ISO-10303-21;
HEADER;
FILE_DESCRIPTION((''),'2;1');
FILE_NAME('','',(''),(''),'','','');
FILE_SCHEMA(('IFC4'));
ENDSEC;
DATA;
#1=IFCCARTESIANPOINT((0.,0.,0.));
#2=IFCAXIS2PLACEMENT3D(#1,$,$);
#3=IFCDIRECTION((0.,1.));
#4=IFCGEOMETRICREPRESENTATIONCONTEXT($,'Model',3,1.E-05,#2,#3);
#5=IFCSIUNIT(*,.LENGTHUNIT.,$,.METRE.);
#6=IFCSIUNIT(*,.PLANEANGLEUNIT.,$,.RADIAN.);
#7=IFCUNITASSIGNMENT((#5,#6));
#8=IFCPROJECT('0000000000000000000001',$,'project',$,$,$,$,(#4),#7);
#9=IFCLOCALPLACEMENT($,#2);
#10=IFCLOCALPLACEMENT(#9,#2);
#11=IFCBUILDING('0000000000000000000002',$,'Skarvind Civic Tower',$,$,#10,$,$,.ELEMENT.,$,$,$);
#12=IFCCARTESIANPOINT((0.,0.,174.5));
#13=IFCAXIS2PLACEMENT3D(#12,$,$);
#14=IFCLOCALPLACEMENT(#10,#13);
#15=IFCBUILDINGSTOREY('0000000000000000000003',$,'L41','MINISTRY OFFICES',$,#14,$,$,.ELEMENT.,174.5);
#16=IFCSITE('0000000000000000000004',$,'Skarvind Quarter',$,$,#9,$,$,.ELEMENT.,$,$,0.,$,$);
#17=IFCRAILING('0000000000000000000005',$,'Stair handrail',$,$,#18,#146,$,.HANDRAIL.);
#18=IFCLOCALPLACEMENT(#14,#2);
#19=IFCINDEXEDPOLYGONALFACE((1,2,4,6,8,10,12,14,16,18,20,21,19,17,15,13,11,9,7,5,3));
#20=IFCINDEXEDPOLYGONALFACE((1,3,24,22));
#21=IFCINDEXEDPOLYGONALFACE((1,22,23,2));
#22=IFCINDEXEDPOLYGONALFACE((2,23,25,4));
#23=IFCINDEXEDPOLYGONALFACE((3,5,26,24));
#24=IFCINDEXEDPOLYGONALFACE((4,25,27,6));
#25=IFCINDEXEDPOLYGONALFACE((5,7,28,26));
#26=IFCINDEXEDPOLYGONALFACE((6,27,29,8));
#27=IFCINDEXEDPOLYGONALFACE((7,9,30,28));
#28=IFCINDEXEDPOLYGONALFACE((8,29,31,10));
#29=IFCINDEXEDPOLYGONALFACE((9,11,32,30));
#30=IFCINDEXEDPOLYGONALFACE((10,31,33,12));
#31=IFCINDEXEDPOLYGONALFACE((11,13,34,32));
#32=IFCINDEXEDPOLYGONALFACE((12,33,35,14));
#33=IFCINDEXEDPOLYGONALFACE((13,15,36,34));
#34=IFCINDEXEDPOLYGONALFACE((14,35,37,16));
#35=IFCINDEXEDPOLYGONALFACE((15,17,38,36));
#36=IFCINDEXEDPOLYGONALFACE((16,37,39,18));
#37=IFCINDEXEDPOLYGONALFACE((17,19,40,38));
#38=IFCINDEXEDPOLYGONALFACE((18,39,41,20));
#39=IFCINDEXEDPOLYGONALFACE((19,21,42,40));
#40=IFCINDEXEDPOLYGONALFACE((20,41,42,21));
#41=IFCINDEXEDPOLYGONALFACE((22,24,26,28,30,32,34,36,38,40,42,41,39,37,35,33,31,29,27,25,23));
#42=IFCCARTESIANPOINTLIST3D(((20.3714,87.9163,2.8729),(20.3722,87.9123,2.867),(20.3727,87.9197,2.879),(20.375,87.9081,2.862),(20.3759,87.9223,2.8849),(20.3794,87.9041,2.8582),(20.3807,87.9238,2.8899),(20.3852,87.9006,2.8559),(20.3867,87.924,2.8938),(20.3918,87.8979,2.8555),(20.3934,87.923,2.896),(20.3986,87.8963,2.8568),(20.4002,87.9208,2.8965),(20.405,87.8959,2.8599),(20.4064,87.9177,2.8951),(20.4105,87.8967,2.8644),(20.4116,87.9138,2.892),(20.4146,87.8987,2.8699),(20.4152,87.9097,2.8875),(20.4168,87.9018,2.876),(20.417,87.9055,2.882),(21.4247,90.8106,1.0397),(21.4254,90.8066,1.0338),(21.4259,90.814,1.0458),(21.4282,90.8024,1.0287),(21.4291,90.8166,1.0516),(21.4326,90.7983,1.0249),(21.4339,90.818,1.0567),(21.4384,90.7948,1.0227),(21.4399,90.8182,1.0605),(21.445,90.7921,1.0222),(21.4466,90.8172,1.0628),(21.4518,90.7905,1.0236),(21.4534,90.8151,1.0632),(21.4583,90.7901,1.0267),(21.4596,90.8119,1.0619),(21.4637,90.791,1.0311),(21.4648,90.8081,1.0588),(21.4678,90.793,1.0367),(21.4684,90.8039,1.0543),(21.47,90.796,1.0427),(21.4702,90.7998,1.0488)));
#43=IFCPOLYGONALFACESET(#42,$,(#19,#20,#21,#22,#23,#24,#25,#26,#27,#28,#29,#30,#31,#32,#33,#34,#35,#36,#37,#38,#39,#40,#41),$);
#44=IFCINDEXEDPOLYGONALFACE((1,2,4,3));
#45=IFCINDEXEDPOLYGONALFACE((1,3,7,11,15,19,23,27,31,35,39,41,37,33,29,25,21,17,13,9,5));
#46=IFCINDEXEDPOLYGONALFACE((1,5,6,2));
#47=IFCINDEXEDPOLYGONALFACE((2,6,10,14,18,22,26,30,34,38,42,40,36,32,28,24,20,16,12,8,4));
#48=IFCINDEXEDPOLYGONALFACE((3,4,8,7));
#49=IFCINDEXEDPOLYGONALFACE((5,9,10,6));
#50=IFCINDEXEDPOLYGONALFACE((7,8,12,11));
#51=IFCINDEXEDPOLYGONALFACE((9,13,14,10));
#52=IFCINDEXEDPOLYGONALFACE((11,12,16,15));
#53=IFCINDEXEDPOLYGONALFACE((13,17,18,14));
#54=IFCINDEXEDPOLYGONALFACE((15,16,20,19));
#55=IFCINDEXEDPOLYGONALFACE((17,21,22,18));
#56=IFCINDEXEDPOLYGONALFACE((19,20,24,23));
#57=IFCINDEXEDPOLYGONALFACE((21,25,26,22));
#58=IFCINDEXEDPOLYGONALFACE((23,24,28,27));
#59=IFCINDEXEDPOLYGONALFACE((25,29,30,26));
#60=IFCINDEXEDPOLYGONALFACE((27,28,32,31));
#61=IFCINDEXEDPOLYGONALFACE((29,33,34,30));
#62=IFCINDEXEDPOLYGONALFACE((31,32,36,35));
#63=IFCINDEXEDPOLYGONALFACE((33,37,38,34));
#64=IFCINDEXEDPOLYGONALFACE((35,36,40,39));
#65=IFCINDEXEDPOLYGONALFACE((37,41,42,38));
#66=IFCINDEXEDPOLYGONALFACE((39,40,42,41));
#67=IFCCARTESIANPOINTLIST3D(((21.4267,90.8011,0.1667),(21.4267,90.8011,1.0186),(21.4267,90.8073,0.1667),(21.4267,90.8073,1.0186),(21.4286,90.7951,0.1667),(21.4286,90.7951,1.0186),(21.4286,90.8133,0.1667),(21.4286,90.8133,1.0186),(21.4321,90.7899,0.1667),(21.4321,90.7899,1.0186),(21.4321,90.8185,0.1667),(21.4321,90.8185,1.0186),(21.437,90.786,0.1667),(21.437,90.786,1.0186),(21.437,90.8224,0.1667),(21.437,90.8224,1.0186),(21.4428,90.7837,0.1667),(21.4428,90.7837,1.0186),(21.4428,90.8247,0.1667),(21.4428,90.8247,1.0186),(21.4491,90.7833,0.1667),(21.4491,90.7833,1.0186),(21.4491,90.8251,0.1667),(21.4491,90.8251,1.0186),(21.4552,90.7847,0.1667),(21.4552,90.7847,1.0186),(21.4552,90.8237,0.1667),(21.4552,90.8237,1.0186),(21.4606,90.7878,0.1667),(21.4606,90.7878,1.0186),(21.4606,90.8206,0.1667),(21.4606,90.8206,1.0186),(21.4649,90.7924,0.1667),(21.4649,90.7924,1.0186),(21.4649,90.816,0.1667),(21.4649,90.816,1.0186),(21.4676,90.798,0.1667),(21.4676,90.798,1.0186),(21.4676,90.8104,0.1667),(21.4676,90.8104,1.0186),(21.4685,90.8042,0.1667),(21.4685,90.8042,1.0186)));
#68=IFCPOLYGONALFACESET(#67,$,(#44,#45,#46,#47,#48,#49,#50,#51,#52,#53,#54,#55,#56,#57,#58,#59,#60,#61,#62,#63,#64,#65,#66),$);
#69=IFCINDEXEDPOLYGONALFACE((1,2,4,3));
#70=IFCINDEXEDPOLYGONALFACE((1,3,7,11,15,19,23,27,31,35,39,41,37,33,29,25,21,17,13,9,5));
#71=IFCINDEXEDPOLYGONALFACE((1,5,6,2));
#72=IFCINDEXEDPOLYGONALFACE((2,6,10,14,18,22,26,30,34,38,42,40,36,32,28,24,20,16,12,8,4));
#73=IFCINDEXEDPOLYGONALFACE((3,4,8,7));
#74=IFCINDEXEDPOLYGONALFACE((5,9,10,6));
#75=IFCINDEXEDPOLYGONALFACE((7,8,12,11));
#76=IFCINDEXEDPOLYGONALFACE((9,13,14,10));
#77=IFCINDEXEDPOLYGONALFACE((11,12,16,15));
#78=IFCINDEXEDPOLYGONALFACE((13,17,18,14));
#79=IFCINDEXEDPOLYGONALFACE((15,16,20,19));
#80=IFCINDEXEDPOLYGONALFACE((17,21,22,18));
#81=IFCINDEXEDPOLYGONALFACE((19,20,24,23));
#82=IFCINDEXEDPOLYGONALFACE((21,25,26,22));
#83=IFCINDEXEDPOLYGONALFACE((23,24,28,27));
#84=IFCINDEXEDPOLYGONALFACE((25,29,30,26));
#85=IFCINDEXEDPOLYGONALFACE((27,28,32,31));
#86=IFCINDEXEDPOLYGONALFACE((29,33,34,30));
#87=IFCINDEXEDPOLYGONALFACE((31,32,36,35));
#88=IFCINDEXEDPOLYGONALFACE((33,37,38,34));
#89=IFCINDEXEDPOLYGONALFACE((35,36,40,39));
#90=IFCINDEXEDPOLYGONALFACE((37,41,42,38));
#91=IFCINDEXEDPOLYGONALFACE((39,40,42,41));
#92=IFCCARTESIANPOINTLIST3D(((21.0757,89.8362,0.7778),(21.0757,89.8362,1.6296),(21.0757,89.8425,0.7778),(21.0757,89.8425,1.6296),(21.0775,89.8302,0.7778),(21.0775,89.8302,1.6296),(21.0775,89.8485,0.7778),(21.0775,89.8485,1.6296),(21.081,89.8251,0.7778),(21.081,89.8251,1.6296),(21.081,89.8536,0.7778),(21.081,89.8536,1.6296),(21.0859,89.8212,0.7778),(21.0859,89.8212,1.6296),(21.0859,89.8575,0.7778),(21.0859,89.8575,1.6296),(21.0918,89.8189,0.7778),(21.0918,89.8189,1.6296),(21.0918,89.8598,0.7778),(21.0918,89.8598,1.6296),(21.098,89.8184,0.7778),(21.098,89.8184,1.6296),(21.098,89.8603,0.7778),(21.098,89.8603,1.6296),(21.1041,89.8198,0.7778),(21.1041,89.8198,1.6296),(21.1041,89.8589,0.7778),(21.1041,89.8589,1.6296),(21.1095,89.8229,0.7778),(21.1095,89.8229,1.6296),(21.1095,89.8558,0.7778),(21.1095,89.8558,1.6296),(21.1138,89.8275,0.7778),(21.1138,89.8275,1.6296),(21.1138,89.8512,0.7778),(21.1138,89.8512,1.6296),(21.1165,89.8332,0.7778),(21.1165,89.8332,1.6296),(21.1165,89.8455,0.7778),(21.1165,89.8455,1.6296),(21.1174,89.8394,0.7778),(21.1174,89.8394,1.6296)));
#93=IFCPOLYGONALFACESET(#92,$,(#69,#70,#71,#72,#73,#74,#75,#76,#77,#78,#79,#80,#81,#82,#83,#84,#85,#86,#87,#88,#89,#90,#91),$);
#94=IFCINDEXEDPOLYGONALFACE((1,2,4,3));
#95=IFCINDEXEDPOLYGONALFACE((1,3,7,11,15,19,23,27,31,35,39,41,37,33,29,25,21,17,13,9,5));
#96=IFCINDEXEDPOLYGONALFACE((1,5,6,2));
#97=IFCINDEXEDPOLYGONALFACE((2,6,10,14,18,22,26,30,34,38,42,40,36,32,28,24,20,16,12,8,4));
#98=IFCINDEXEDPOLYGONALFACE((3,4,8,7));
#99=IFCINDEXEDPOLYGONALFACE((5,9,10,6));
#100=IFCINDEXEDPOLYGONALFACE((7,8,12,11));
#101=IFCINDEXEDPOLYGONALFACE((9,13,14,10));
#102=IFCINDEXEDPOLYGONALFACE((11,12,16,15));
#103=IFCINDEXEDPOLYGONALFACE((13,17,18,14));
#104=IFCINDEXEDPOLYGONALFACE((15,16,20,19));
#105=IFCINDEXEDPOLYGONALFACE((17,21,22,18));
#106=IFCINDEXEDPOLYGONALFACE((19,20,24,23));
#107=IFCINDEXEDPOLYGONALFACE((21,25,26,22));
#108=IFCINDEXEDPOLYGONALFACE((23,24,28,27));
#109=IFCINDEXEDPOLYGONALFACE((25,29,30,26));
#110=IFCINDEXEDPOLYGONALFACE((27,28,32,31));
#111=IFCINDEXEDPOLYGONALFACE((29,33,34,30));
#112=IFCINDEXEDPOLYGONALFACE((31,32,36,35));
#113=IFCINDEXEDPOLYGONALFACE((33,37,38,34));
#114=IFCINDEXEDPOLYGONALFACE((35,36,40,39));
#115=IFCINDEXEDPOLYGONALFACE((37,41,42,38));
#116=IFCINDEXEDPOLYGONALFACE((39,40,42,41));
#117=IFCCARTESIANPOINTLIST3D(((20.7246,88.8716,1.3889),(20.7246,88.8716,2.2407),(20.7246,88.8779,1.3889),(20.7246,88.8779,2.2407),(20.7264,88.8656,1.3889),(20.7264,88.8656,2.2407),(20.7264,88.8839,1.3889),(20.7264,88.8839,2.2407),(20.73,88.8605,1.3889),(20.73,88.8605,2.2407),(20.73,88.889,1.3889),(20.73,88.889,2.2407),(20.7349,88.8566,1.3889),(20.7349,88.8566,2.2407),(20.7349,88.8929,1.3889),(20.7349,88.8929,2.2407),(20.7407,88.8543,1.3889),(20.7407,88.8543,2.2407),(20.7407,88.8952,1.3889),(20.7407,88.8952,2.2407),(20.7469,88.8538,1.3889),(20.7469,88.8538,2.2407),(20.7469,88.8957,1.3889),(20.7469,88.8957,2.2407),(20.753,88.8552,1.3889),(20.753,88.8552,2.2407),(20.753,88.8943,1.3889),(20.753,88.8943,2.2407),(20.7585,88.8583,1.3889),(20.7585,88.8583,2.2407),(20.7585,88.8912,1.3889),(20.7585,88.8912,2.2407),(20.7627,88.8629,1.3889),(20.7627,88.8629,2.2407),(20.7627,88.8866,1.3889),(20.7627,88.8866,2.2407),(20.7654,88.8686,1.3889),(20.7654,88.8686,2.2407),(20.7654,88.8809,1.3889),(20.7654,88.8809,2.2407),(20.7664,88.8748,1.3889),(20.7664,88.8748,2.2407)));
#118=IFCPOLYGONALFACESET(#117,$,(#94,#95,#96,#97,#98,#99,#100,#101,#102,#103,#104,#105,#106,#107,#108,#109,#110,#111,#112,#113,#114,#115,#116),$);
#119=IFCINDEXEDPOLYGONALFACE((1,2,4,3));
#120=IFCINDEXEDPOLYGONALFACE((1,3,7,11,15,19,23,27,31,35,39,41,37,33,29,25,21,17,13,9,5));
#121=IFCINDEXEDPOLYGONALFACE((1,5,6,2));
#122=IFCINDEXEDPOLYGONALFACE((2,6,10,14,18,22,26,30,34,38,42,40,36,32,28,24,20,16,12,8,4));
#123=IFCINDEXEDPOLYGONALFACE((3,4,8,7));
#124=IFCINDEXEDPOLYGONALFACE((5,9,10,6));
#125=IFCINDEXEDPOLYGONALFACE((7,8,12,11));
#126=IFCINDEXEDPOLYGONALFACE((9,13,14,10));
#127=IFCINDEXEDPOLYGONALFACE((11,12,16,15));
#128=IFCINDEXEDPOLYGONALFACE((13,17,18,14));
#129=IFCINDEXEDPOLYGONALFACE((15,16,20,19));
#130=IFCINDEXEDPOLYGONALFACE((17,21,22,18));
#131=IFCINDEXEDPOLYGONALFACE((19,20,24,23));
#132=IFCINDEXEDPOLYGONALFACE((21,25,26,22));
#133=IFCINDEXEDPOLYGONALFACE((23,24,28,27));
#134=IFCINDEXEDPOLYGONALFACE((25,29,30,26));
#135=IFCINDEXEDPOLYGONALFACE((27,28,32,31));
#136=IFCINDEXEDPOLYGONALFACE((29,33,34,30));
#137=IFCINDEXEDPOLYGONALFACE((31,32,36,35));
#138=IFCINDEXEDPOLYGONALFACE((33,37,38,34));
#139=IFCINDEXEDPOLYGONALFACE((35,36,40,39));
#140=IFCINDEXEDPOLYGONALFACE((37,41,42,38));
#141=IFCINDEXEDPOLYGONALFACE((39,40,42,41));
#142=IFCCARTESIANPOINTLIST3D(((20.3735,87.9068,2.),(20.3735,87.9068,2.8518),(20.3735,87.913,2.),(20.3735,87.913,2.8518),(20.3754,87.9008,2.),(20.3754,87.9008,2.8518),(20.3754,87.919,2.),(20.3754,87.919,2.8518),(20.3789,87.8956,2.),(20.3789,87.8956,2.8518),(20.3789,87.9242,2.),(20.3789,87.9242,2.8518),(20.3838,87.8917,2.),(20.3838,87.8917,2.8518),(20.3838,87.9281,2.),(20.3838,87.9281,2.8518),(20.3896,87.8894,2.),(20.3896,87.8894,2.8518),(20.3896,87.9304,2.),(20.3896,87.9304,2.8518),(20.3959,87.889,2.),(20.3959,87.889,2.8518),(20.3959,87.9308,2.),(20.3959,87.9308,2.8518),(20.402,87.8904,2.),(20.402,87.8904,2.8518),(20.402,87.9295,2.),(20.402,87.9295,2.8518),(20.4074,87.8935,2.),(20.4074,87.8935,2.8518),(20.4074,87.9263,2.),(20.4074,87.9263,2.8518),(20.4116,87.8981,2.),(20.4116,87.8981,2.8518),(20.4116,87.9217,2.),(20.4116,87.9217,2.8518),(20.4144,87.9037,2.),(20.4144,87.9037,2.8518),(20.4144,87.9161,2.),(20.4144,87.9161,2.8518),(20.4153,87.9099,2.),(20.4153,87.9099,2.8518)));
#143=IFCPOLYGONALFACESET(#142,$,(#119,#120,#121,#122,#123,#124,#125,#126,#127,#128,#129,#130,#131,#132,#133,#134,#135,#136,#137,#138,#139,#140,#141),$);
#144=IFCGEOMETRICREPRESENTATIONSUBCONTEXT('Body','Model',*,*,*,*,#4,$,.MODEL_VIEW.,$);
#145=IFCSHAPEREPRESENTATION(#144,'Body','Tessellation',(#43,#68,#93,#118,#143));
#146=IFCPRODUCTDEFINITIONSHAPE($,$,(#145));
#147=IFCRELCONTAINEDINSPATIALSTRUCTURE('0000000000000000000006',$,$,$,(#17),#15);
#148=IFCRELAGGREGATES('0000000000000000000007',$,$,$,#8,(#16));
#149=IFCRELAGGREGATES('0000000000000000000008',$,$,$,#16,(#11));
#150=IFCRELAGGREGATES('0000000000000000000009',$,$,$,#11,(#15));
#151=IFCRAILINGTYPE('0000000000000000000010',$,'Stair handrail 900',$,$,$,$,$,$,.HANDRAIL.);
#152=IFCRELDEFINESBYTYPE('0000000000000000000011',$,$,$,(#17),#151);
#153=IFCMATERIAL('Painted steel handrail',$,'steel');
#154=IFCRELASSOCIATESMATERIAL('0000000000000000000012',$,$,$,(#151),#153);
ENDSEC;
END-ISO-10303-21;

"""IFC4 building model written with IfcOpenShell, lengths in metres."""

from ifc_helpers import new_model, si_unit, direction, frame, origin, origin_2d, place, context, subcontext, project, spatial, circle, extrude, material, type_object, element, save


model = new_model("IFC4")

# Units and contexts
model_context = context("Model", 3, precision=1e-05, world=origin(), true_north=direction((0.0, 1.0)))
body_context = subcontext(model_context, "Body", "Model", "MODEL_VIEW")
ifc_project = project(units=[si_unit("LENGTHUNIT", "METRE"), si_unit("PLANEANGLEUNIT", "RADIAN")], contexts=[model_context])

# Site, building, storey
site_placement = place(None, origin())
site = spatial("IfcSite", under=ifc_project, at=site_placement, Name="Skarvind Quarter", CompositionType="ELEMENT", RefElevation=0.0)
building_placement = place(site_placement, origin())
building = spatial("IfcBuilding", under=site, at=building_placement, Name="Skarvind Civic Tower", CompositionType="ELEMENT")
storey_placement = place(building_placement, frame((0.0, 0.0, 174.5)))
storey = spatial("IfcBuildingStorey", under=building, at=storey_placement, Name="L41", Description="MINISTRY OFFICES", CompositionType="ELEMENT", Elevation=174.5)

# Railing
ifc_material_1 = material(Name="Painted steel handrail", Category="steel")
railing_type = type_object("IfcRailingType", Name="Stair handrail 900", PredefinedType="HANDRAIL", material=ifc_material_1)
railing_1_placement = place(storey_placement, frame((21.4475, 90.8042, 0.1667)))
element("IfcRailing", 1, at=railing_1_placement, inside=storey, type_object=railing_type, Name="Stair handrail", PredefinedType="HANDRAIL", context=body_context, shape_type="SweptSolid", body=[
    extrude(circle(Radius=0.0239, at=origin_2d()), frame((0.0, 0.0, 0.876), z_axis=(-0.293846, -0.807497, 0.511472), x_axis=(0.939715, -0.341959, 0.0)), (0.0, 0.0, 1.0), 3.5842),
    extrude(circle(Radius=0.021, at=origin_2d()), origin(), (0.0, 0.0, 1.0), 0.8518),
    extrude(circle(Radius=0.021, at=origin_2d()), frame((-0.3511, -0.9648, 0.6111)), (0.0, 0.0, 1.0), 0.8518),
    extrude(circle(Radius=0.021, at=origin_2d()), frame((-0.7021, -1.9294, 1.2222)), (0.0, 0.0, 1.0), 0.8518),
    extrude(circle(Radius=0.021, at=origin_2d()), frame((-1.0532, -2.8943, 1.8333)), (0.0, 0.0, 1.0), 0.8518),
])

save(model, "model.ifc")
